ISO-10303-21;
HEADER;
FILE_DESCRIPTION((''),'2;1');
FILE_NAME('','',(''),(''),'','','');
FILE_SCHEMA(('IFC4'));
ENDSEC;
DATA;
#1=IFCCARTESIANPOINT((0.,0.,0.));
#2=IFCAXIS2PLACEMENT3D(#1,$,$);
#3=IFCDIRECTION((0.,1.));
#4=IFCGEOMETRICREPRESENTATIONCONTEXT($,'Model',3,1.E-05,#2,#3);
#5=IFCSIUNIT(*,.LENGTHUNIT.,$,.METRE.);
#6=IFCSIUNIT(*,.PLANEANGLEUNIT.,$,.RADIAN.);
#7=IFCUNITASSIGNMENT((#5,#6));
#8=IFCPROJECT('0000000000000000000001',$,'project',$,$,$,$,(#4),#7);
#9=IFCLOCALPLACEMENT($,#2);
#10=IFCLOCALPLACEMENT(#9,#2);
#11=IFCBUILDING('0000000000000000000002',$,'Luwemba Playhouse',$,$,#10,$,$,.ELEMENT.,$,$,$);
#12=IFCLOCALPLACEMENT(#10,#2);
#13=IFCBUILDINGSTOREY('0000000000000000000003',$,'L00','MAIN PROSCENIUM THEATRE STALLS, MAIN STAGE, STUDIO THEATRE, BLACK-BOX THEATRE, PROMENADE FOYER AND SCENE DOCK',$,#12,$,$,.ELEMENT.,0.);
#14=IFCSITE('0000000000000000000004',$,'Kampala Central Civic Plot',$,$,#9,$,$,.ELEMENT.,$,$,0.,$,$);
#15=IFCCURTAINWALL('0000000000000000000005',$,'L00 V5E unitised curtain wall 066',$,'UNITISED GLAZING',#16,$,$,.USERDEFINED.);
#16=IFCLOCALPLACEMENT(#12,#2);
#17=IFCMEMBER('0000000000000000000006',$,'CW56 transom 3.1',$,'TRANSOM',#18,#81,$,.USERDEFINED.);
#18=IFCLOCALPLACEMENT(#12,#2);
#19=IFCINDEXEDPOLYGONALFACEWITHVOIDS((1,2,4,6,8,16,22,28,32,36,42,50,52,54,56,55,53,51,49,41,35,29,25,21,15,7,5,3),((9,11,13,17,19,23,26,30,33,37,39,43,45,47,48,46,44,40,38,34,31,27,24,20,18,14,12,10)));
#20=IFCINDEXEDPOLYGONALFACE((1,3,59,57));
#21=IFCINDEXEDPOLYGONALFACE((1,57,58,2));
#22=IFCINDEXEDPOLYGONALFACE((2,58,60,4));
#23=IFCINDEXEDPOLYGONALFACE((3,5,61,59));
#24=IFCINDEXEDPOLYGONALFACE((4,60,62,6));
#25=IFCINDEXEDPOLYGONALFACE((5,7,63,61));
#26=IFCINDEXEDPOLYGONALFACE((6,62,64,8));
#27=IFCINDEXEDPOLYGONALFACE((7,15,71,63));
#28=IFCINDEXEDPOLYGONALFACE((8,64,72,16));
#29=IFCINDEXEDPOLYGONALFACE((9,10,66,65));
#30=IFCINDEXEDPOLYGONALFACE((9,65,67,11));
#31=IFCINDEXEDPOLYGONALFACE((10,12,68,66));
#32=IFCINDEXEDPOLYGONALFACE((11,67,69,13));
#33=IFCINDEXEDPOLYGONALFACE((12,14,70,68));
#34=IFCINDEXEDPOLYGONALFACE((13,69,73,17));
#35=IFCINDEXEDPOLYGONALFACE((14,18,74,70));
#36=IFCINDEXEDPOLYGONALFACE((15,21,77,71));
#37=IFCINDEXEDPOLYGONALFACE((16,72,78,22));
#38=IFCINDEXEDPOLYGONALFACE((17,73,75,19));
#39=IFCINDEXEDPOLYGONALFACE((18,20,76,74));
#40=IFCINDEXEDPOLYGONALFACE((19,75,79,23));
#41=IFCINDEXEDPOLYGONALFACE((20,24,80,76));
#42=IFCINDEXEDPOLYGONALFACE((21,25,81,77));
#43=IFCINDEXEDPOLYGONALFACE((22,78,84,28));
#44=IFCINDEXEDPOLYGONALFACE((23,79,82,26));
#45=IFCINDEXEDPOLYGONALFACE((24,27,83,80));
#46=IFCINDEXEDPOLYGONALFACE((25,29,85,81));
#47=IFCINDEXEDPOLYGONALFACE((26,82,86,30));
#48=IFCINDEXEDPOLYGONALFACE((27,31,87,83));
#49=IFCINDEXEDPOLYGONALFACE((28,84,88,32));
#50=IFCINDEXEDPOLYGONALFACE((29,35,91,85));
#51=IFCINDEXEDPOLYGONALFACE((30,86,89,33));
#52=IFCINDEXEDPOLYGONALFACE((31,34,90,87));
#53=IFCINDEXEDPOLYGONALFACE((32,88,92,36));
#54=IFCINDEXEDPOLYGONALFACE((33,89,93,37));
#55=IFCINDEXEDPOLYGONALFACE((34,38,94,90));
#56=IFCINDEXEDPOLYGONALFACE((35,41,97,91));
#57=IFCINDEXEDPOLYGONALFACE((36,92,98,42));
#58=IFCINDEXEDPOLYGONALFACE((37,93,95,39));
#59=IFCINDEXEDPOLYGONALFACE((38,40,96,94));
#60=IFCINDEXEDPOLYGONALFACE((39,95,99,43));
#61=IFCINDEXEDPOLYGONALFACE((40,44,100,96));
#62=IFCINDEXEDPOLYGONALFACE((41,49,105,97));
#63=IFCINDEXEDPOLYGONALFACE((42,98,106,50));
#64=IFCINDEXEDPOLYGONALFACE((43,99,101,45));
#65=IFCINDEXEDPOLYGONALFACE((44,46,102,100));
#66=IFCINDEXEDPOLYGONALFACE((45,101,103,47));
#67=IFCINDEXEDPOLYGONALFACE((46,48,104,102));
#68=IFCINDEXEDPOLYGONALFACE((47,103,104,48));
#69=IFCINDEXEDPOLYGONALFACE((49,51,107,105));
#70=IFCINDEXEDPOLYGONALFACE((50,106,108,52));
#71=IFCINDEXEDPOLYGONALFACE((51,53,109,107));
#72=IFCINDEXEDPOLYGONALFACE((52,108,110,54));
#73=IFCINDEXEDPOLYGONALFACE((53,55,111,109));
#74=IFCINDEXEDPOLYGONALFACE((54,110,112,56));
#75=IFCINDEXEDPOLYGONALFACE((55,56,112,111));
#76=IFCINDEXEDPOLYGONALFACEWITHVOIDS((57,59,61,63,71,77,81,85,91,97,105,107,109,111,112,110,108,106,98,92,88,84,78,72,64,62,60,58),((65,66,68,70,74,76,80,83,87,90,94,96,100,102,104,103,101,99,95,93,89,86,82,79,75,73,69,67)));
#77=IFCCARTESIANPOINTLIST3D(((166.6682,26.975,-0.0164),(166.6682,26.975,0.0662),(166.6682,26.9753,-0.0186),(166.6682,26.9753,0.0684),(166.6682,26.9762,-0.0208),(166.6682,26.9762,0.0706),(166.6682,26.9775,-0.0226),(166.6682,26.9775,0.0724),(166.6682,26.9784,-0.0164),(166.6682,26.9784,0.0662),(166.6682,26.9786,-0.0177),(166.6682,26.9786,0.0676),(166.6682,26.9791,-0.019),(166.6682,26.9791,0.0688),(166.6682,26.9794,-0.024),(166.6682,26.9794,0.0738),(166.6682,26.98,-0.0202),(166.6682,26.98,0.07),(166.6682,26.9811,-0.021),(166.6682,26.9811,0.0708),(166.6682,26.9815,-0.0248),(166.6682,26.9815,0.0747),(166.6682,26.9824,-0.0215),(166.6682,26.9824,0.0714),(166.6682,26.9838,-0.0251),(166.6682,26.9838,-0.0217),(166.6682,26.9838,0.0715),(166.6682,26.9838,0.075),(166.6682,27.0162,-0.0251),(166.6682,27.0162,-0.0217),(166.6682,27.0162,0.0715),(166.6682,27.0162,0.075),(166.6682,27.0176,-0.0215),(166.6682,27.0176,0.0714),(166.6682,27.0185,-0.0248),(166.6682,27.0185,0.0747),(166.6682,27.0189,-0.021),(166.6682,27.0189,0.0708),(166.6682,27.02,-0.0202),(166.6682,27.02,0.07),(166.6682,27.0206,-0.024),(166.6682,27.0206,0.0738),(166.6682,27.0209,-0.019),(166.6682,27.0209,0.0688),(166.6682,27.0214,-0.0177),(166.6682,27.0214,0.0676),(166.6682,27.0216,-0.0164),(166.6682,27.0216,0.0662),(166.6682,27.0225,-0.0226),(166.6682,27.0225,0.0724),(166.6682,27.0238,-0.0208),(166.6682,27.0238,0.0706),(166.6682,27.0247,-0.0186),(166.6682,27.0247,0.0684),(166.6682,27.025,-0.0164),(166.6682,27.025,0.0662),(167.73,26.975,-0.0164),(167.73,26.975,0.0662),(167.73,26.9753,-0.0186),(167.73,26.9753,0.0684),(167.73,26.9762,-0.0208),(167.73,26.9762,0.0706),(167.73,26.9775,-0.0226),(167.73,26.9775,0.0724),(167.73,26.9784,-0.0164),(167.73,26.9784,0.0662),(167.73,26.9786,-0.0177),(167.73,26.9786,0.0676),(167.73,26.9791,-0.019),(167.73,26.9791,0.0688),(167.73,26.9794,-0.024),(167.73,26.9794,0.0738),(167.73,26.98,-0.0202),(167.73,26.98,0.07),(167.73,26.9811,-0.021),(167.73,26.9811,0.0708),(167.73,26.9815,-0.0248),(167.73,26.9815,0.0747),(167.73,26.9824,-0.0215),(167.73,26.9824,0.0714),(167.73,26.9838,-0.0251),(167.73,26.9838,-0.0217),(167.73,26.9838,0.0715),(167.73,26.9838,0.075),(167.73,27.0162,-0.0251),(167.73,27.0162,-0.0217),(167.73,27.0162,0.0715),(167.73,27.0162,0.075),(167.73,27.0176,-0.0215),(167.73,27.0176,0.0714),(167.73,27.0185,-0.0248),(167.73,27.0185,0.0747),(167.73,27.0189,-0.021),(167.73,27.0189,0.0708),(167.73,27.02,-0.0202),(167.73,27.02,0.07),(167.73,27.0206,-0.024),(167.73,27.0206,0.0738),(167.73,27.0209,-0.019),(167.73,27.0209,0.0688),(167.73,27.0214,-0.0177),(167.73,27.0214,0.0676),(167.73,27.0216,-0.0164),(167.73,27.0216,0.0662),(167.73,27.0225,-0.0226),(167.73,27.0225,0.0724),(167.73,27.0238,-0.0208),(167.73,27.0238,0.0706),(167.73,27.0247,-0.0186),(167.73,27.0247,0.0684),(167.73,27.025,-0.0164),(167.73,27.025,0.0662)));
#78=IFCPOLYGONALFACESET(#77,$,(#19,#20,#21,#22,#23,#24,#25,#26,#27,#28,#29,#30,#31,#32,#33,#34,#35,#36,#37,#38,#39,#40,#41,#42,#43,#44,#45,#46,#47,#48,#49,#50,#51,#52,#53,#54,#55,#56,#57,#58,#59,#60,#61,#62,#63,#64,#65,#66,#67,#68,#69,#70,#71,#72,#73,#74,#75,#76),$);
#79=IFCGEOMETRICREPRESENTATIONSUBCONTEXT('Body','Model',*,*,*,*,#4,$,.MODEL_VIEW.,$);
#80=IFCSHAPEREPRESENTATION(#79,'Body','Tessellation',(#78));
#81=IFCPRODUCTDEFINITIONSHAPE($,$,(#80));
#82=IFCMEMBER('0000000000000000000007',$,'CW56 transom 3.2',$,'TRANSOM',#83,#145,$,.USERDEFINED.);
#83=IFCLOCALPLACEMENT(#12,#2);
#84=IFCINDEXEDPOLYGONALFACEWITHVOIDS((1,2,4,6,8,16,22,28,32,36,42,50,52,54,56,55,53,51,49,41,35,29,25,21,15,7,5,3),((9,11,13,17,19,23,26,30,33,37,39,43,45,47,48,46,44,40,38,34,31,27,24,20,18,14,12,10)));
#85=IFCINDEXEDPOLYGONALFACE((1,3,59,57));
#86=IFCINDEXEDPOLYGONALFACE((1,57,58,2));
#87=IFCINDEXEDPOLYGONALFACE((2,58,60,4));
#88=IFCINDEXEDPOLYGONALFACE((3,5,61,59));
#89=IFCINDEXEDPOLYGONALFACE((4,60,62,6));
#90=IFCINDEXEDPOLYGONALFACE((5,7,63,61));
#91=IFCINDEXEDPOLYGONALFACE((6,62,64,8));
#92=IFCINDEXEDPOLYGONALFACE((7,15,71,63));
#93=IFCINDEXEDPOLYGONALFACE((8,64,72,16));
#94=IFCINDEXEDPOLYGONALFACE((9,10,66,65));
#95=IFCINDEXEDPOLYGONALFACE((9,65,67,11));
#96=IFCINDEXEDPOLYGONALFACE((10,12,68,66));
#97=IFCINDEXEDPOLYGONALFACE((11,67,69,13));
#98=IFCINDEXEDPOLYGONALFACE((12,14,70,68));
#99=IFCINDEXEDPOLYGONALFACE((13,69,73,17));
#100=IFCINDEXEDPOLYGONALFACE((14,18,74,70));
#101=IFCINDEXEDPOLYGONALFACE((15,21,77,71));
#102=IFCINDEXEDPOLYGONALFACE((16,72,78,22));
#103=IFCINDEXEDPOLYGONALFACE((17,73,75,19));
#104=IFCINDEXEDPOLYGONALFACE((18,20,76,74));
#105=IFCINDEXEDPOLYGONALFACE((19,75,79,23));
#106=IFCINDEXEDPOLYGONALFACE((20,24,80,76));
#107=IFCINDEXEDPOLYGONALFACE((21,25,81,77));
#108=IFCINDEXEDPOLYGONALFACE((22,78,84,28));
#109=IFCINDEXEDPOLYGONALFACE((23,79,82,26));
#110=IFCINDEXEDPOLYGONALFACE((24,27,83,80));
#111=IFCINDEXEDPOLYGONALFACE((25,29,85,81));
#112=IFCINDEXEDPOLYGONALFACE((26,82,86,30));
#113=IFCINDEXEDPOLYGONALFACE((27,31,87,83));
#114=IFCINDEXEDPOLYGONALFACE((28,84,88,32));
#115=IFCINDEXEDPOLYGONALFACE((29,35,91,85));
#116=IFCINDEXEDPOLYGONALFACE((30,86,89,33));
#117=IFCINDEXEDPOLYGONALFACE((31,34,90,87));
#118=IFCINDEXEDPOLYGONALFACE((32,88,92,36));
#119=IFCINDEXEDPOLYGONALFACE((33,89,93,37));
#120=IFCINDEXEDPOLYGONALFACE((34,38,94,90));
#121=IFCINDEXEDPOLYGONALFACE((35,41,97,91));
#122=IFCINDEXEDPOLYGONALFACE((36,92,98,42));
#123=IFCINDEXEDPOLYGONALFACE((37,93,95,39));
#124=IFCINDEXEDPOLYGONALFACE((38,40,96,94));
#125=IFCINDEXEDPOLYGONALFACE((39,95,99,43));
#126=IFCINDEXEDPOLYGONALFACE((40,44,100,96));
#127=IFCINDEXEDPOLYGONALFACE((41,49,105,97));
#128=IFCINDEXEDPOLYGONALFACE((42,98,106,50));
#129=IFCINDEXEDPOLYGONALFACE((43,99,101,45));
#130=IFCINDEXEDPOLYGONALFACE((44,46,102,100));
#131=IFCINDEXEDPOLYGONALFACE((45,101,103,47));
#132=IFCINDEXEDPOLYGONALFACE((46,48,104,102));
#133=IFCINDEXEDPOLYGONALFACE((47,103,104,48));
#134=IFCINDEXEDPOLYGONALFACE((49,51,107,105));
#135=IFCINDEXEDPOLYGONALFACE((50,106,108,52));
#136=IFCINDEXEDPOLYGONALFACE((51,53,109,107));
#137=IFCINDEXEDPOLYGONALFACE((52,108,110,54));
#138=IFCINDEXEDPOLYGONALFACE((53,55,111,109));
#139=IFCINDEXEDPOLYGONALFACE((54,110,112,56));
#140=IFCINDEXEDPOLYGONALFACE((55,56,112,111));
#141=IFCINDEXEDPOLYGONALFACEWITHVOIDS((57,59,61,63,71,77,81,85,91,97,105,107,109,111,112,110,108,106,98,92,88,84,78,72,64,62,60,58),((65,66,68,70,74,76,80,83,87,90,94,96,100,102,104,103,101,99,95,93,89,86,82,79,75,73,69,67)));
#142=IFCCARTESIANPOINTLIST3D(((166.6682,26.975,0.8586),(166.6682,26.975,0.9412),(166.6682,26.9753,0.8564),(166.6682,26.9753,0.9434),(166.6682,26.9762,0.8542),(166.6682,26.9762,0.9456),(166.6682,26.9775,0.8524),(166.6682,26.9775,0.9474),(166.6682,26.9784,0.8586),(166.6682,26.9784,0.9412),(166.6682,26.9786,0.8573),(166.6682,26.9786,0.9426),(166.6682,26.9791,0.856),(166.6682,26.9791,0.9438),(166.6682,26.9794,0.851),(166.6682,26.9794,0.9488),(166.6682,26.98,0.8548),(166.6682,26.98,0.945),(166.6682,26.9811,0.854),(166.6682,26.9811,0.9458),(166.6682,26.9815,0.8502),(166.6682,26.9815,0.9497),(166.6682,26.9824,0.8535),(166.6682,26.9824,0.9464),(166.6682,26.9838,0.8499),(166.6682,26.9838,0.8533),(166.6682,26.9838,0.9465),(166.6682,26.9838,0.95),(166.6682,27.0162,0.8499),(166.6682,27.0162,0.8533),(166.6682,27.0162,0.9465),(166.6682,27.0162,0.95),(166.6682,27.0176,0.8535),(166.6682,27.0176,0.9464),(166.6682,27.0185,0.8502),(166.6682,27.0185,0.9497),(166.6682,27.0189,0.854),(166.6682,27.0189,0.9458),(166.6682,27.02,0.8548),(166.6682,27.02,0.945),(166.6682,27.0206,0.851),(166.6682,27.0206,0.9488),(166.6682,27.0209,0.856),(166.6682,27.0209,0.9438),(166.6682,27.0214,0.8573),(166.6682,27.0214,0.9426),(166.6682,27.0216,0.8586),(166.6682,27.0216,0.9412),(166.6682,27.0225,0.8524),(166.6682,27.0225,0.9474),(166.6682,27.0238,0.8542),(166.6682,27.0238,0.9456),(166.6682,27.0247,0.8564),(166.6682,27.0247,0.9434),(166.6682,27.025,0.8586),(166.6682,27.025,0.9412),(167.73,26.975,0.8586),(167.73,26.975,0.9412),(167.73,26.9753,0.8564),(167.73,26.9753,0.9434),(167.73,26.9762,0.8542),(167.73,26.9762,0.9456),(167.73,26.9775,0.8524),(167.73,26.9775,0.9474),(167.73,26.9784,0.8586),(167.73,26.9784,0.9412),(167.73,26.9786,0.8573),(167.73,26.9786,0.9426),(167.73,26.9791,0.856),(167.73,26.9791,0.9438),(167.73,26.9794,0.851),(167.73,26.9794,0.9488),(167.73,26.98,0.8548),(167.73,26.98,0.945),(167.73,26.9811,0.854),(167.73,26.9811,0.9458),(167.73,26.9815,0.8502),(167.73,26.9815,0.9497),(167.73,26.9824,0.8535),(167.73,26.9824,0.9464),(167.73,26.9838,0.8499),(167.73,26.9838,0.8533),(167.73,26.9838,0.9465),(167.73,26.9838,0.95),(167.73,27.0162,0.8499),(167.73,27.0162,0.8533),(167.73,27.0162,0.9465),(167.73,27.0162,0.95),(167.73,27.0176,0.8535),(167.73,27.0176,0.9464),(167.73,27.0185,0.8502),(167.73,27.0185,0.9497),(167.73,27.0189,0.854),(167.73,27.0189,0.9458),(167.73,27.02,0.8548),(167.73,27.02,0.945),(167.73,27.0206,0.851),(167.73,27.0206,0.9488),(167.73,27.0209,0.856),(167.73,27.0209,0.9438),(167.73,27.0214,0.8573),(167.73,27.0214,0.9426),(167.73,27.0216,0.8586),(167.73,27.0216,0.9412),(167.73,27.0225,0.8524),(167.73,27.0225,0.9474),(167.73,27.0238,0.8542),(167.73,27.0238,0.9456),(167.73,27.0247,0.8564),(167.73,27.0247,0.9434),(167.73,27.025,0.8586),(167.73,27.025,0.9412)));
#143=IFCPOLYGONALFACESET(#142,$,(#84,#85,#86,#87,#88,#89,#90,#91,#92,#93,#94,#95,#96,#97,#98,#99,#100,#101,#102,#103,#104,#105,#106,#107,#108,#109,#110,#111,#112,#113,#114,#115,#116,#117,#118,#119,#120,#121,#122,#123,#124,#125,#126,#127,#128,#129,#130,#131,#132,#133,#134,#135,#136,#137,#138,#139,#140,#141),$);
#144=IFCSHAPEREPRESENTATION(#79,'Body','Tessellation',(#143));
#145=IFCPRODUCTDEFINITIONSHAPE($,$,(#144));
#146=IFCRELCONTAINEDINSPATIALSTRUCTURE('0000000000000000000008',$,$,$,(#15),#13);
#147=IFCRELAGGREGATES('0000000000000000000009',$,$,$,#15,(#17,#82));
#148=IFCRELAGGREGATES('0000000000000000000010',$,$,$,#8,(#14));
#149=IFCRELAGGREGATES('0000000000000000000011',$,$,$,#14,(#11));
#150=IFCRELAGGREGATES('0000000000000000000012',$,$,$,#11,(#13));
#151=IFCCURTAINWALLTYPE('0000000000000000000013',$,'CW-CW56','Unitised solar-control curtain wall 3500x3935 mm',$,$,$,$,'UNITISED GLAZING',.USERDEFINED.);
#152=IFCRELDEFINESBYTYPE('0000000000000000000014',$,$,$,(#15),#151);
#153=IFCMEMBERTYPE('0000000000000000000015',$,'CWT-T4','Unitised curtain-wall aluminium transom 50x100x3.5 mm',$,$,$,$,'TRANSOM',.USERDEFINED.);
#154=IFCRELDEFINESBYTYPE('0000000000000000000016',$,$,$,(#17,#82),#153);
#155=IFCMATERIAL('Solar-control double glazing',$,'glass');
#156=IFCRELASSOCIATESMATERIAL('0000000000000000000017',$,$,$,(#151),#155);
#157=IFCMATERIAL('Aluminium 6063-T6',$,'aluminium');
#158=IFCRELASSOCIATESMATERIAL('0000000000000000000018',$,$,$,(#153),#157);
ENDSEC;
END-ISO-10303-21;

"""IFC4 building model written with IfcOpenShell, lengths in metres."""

from ifc_helpers import new_model, si_unit, direction, frame, origin, origin_2d, place, context, subcontext, project, spatial, hollow_rectangle, extrude, material, material_profile, profile_set, type_object, element, aggregate, save


model = new_model("IFC4")

# Units and contexts
model_context = context("Model", 3, precision=1e-05, world=origin(), true_north=direction((0.0, 1.0)))
body_context = subcontext(model_context, "Body", "Model", "MODEL_VIEW")
ifc_project = project(units=[si_unit("LENGTHUNIT", "METRE"), si_unit("PLANEANGLEUNIT", "RADIAN")], contexts=[model_context])

# Site, building, storey
site_placement = place(None, origin())
site = spatial("IfcSite", under=ifc_project, at=site_placement, Name="Kampala Central Civic Plot", CompositionType="ELEMENT", RefElevation=0.0)
building_placement = place(site_placement, origin())
building = spatial("IfcBuilding", under=site, at=building_placement, Name="Luwemba Playhouse", CompositionType="ELEMENT")
storey_placement = place(building_placement, origin())
storey = spatial("IfcBuildingStorey", under=building, at=storey_placement, Name="L00", Description="MAIN PROSCENIUM THEATRE STALLS, MAIN STAGE, STUDIO THEATRE, BLACK-BOX THEATRE, PROMENADE FOYER AND SCENE DOCK", CompositionType="ELEMENT", Elevation=0.0)

# Curtain wall
ifc_material_1 = material(Name="Solar-control double glazing", Category="glass")
ifc_material_2 = material(Name="Aluminium 6063-T6", Category="aluminium")
curtain_wall_type_1 = type_object("IfcCurtainWallType", Name="CW-CW56", Description="Unitised solar-control curtain wall 3500x3935 mm", ElementType="UNITISED GLAZING", PredefinedType="USERDEFINED", material=ifc_material_1)
curtain_wall_1_placement = place(storey_placement, origin())
curtain_wall_1 = element("IfcCurtainWall", 1, at=curtain_wall_1_placement, inside=storey, type_object=curtain_wall_type_1, Name="L00 V5E unitised curtain wall 066", ObjectType="UNITISED GLAZING", PredefinedType="USERDEFINED")

# Members
ifc_material_profile_1 = material_profile(ifc_material_2, hollow_rectangle(XDim=0.05, YDim=0.1001, WallThickness=0.0034, InnerFilletRadius=0.0054, OuterFilletRadius=0.0088, at=origin_2d()))
ifc_profile_set_1 = profile_set([ifc_material_profile_1], Name="Aluminium 6063-T6")
member_type_1 = type_object("IfcMemberType", Name="CWT-T4", Description="Unitised curtain-wall aluminium transom 50x100x3.5 mm", ElementType="TRANSOM", PredefinedType="USERDEFINED", material=ifc_profile_set_1)
member_1_placement = place(storey_placement, frame((166.6682, 27.0, 0.0249), z_axis=(1.0, 0.0, 0.0), x_axis=(0.0, 1.0, 0.0)))
member_1 = element("IfcMember", 2, at=member_1_placement, type_object=member_type_1, Name="CW56 transom 3.1", ObjectType="TRANSOM", PredefinedType="USERDEFINED", context=body_context, shape_type="SweptSolid", body=[
    extrude(hollow_rectangle(XDim=0.05, YDim=0.1001, WallThickness=0.0034, InnerFilletRadius=0.0054, OuterFilletRadius=0.0088, at=origin_2d()), origin(), (0.0, 0.0, 1.0), 1.0618),
])
member_2_placement = place(storey_placement, frame((166.6682, 27.0, 0.8999), z_axis=(1.0, 0.0, 0.0), x_axis=(0.0, 1.0, 0.0)))
member_2 = element("IfcMember", 3, at=member_2_placement, type_object=member_type_1, Name="CW56 transom 3.2", ObjectType="TRANSOM", PredefinedType="USERDEFINED", context=body_context, shape_type="SweptSolid", body=[
    extrude(hollow_rectangle(XDim=0.05, YDim=0.1001, WallThickness=0.0034, InnerFilletRadius=0.0054, OuterFilletRadius=0.0088, at=origin_2d()), origin(), (0.0, 0.0, 1.0), 1.0618),
])

aggregate(curtain_wall_1, [member_1, member_2])

save(model, "model.ifc")
